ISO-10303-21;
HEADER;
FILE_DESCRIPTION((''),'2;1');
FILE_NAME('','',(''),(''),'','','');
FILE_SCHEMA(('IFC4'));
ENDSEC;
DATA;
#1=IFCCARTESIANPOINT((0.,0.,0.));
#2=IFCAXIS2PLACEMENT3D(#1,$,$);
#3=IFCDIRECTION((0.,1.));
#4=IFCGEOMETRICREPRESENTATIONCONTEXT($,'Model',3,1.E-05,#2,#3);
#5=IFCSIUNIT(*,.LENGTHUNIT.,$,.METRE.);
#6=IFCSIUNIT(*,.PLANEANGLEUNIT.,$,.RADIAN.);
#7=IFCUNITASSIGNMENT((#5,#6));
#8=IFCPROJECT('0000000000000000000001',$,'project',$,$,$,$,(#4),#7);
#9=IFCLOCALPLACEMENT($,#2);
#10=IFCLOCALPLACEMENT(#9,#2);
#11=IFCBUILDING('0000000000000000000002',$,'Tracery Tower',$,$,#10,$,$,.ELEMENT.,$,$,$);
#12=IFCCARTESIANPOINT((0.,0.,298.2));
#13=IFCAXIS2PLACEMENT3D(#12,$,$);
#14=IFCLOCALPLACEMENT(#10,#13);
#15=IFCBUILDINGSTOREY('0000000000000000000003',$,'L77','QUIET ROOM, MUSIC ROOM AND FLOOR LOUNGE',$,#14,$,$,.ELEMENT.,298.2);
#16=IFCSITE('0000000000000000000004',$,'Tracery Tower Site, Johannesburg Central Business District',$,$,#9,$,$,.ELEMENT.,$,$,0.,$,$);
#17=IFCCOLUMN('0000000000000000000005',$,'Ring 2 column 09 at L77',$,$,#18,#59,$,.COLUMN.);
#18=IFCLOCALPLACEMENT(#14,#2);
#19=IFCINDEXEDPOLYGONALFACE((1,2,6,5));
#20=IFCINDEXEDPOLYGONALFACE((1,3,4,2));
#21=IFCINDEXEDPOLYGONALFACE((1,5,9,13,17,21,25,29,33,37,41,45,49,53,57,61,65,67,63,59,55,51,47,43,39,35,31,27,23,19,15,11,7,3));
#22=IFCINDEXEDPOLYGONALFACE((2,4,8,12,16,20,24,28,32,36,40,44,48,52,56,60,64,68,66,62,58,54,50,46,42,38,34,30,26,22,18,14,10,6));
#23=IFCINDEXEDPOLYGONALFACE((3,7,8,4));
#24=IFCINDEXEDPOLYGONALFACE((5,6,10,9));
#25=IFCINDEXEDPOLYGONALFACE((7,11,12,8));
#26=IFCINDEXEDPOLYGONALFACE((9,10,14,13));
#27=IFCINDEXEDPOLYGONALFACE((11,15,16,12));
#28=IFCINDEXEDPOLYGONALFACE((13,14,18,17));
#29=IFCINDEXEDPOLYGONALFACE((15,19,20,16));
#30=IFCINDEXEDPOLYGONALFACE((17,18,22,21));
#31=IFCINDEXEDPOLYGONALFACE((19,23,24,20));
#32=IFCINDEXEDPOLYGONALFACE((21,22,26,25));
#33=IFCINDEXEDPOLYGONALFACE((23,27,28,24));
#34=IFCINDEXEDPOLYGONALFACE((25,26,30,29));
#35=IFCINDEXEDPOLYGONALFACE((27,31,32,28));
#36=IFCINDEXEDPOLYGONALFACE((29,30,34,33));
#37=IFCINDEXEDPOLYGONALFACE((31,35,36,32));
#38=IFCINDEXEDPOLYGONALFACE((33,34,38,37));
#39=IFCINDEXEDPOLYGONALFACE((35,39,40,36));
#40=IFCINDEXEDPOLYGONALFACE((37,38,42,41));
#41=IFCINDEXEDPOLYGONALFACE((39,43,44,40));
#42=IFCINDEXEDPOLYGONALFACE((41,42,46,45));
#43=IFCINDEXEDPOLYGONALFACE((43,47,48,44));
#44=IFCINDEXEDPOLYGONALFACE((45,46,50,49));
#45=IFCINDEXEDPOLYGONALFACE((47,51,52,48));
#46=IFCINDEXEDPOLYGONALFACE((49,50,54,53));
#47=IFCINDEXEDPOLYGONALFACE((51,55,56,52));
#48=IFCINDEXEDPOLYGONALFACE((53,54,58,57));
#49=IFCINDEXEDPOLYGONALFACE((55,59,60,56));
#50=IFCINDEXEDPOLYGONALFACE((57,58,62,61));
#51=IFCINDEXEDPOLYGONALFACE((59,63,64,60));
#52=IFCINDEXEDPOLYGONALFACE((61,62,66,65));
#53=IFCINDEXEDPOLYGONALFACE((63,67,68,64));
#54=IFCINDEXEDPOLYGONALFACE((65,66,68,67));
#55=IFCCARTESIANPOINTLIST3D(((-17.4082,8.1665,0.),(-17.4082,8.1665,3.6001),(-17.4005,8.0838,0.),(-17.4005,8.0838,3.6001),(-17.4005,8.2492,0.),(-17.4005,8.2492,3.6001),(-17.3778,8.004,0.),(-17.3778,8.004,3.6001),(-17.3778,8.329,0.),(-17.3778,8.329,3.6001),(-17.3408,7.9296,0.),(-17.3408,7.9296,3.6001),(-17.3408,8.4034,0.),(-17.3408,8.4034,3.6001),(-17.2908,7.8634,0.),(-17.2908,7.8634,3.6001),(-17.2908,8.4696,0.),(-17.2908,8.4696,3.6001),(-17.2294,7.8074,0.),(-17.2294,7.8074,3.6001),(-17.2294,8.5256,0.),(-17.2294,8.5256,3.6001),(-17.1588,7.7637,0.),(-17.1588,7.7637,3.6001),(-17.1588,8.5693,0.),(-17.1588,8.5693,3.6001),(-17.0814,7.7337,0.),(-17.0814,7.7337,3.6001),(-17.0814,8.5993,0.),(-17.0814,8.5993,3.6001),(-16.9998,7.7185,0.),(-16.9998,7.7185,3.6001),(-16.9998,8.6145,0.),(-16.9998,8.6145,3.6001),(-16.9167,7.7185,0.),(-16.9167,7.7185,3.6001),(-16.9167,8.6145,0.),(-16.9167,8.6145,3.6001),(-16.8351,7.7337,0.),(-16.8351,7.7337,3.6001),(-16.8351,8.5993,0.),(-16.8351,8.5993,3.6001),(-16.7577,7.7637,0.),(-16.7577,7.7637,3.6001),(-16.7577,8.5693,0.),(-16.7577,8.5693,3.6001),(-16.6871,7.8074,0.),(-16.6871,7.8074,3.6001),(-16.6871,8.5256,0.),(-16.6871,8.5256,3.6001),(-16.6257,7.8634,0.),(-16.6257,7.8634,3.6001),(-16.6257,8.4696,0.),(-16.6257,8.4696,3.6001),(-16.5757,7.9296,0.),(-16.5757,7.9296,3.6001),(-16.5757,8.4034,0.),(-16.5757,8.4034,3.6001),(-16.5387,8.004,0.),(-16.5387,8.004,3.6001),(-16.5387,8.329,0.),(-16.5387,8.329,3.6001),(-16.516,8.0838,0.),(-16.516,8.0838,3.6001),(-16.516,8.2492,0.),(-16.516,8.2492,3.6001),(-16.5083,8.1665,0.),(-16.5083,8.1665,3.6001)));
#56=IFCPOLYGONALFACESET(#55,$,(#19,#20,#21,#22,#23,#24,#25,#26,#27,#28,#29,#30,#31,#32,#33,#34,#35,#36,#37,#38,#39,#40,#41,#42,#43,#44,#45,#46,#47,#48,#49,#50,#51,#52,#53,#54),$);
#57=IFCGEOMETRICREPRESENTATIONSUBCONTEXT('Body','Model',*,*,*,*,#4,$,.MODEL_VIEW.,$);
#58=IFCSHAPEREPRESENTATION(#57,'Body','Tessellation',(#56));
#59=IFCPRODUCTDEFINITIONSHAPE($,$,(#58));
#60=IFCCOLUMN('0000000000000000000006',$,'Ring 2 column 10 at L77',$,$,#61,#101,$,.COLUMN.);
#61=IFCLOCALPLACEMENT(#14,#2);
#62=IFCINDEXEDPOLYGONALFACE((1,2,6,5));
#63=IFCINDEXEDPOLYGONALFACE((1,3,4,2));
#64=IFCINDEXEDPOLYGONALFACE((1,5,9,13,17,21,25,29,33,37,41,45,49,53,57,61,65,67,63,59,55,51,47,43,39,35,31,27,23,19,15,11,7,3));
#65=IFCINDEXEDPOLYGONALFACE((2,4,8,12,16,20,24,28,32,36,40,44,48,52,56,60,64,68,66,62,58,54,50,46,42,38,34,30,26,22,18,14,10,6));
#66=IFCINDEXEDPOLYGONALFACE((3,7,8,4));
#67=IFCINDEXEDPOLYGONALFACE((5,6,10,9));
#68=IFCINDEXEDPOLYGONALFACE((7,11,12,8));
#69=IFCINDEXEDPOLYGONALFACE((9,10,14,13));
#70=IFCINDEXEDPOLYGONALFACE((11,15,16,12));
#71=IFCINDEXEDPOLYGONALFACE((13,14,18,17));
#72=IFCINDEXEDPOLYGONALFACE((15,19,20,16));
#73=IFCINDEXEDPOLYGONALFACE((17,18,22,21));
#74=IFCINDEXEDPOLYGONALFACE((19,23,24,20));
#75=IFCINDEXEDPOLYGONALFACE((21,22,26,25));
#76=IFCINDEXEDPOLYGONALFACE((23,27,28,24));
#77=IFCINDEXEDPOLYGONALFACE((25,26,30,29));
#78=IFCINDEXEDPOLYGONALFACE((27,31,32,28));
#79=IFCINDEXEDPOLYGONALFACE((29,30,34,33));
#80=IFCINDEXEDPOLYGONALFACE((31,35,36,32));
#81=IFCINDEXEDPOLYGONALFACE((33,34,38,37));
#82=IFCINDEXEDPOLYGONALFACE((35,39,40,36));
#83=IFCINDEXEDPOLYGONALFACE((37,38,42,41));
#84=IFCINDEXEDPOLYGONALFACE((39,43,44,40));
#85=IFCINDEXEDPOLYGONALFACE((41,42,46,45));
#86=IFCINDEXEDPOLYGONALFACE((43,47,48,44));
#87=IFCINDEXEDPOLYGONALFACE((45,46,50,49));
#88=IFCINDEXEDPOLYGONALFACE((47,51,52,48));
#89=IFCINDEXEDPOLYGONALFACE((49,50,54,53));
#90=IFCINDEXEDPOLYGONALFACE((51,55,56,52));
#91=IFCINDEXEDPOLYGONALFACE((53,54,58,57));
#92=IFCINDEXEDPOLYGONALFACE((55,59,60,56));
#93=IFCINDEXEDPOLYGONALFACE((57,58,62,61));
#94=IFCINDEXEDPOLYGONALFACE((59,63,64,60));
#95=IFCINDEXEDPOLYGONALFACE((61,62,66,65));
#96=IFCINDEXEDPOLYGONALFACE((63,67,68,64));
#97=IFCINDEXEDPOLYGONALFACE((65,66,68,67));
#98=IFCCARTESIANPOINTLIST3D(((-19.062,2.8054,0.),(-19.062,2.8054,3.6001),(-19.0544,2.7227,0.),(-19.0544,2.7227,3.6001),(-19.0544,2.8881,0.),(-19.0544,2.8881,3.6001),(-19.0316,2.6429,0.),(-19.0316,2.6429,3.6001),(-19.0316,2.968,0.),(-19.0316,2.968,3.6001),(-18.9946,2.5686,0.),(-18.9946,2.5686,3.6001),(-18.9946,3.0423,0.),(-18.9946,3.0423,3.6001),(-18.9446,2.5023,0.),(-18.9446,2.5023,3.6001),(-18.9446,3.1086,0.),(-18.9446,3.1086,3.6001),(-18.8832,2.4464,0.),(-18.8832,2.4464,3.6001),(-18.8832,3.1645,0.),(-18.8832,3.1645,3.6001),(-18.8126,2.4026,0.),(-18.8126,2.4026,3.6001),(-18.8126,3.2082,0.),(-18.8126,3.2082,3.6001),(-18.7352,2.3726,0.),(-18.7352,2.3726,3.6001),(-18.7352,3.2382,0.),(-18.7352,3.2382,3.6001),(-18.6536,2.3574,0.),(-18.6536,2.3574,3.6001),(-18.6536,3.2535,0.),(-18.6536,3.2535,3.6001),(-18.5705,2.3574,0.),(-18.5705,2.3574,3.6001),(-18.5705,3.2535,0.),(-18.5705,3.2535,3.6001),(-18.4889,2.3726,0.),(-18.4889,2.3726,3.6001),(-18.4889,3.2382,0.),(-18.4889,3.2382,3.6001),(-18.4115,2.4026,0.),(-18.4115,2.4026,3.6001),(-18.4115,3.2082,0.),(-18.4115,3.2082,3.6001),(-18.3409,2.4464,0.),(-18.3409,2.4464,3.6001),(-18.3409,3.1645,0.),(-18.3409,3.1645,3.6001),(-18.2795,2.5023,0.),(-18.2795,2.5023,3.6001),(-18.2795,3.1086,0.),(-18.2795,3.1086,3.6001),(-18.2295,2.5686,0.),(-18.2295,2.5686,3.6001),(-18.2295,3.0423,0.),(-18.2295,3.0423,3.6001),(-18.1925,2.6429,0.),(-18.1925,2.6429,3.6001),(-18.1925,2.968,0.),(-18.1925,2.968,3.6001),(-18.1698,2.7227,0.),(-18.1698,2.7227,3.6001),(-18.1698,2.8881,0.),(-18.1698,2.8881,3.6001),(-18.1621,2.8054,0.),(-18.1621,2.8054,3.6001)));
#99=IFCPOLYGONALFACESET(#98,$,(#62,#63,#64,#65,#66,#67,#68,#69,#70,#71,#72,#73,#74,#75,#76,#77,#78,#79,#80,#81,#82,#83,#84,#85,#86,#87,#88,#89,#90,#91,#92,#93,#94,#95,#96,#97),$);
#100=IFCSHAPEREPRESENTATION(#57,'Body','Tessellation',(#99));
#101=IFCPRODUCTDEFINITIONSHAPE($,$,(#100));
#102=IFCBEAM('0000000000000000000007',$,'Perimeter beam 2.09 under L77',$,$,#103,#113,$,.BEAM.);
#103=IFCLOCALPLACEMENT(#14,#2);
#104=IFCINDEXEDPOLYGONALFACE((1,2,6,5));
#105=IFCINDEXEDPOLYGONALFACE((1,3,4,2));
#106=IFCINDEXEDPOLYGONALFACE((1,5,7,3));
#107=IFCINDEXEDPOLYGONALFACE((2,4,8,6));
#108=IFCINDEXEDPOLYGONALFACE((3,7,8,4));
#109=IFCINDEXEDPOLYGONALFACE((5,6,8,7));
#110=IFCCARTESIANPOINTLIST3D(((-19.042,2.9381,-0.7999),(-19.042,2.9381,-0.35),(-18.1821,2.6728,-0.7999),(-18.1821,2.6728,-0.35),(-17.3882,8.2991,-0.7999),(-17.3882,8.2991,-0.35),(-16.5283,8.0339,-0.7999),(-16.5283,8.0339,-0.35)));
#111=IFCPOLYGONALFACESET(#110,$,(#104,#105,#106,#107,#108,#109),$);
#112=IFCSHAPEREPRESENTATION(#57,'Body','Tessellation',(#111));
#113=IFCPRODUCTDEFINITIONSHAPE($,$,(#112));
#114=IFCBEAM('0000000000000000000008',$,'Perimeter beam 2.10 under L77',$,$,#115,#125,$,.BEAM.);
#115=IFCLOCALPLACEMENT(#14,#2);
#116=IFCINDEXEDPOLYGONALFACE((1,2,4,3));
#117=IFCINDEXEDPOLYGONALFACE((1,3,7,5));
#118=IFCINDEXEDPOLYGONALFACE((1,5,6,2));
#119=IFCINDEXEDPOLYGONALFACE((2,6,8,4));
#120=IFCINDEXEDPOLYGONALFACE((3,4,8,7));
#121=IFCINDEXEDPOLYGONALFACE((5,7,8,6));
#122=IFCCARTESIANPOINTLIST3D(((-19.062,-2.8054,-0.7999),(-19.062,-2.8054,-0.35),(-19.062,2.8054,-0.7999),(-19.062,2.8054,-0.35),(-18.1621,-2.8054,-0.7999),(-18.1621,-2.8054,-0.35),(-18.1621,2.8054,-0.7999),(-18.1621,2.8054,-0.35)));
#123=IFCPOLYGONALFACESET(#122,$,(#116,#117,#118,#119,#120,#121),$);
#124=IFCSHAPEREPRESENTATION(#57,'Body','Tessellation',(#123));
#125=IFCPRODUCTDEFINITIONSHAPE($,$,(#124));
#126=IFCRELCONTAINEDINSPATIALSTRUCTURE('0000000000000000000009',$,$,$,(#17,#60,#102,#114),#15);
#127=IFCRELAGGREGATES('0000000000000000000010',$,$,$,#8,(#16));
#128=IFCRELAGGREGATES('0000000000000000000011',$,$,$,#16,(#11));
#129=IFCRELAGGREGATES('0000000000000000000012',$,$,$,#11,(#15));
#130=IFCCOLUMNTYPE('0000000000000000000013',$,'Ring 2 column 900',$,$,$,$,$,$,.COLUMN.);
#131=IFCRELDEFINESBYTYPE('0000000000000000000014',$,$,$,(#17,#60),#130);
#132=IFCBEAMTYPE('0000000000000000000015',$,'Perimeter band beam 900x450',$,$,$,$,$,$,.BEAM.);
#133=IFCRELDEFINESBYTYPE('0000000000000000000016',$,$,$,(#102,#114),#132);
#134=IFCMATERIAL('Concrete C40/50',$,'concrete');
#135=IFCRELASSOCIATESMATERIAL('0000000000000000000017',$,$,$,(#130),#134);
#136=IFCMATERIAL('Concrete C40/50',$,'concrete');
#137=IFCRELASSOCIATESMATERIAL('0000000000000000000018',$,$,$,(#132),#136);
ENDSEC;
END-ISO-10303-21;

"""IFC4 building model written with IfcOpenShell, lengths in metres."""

from ifc_helpers import new_model, si_unit, direction, frame, origin, origin_2d, place, context, subcontext, project, spatial, rectangle, circle, extrude, material, material_profile, profile_set, type_object, element, save


model = new_model("IFC4")

# Units and contexts
model_context = context("Model", 3, precision=1e-05, world=origin(), true_north=direction((0.0, 1.0)))
body_context = subcontext(model_context, "Body", "Model", "MODEL_VIEW")
ifc_project = project(units=[si_unit("LENGTHUNIT", "METRE"), si_unit("PLANEANGLEUNIT", "RADIAN")], contexts=[model_context])

# Site, building, storey
site_placement = place(None, origin())
site = spatial("IfcSite", under=ifc_project, at=site_placement, Name="Tracery Tower Site, Johannesburg Central Business District", CompositionType="ELEMENT", RefElevation=0.0)
building_placement = place(site_placement, origin())
building = spatial("IfcBuilding", under=site, at=building_placement, Name="Tracery Tower", CompositionType="ELEMENT")
storey_placement = place(building_placement, frame((0.0, 0.0, 298.2)))
storey = spatial("IfcBuildingStorey", under=building, at=storey_placement, Name="L77", Description="QUIET ROOM, MUSIC ROOM AND FLOOR LOUNGE", CompositionType="ELEMENT", Elevation=298.2)

# Columns
ifc_material_1 = material(Name="Concrete C40/50", Category="concrete")
ifc_material_profile_1 = material_profile(ifc_material_1, circle(Radius=0.45, at=origin_2d()), Name="RC D900")
ifc_profile_set_1 = profile_set([ifc_material_profile_1], Name="Concrete C40/50")
column_type = type_object("IfcColumnType", Name="Ring 2 column 900", PredefinedType="COLUMN", material=ifc_profile_set_1)
for number, where, z_axis, x_axis, name in (
    (1, (-16.9583, 8.1665, 0.0), (0.0, 0.0, 1.0), (1.0, 0.0, 0.0), "Ring 2 column 09 at L77"),
    (2, (-18.6121, 2.8054, 0.0), (0.0, 0.0, 1.0), (1.0, 0.0, 0.0), "Ring 2 column 10 at L77"),
):
    element("IfcColumn", number, at=place(storey_placement, frame(where, z_axis=z_axis, x_axis=x_axis)), inside=storey, type_object=column_type, Name=name, PredefinedType="COLUMN", context=body_context, shape_type="SweptSolid", body=[
        extrude(circle(Radius=0.45, at=origin_2d()), origin(), (0.0, 0.0, 1.0), 3.6001),
    ])

# Beams
ifc_material_2 = material(Name="Concrete C40/50", Category="concrete")
ifc_material_profile_2 = material_profile(ifc_material_2, rectangle(XDim=0.8999, YDim=0.45, at=origin_2d()), Name="RC 900x450")
ifc_profile_set_2 = profile_set([ifc_material_profile_2], Name="Concrete C40/50")
beam_type = type_object("IfcBeamType", Name="Perimeter band beam 900x450", PredefinedType="BEAM", material=ifc_profile_set_2)
beam_1_placement = place(storey_placement, frame((-16.9583, 8.1665, -0.575), z_axis=(-0.294777, -0.955566, 0.0), x_axis=(0.955566, -0.294777, 0.0)))
element("IfcBeam", 3, at=beam_1_placement, inside=storey, type_object=beam_type, Name="Perimeter beam 2.09 under L77", PredefinedType="BEAM", context=body_context, shape_type="SweptSolid", body=[
    extrude(rectangle(XDim=0.8999, YDim=0.45, at=origin_2d()), origin(), (0.0, 0.0, 1.0), 5.6104),
])
beam_2_placement = place(storey_placement, frame((-18.6121, 2.8054, -0.575), z_axis=(0.0, -1.0, 0.0), x_axis=(1.0, 0.0, 0.0)))
element("IfcBeam", 4, at=beam_2_placement, inside=storey, type_object=beam_type, Name="Perimeter beam 2.10 under L77", PredefinedType="BEAM", context=body_context, shape_type="SweptSolid", body=[
    extrude(rectangle(XDim=0.8999, YDim=0.45, at=origin_2d()), origin(), (0.0, 0.0, 1.0), 5.6108),
])

save(model, "model.ifc")
